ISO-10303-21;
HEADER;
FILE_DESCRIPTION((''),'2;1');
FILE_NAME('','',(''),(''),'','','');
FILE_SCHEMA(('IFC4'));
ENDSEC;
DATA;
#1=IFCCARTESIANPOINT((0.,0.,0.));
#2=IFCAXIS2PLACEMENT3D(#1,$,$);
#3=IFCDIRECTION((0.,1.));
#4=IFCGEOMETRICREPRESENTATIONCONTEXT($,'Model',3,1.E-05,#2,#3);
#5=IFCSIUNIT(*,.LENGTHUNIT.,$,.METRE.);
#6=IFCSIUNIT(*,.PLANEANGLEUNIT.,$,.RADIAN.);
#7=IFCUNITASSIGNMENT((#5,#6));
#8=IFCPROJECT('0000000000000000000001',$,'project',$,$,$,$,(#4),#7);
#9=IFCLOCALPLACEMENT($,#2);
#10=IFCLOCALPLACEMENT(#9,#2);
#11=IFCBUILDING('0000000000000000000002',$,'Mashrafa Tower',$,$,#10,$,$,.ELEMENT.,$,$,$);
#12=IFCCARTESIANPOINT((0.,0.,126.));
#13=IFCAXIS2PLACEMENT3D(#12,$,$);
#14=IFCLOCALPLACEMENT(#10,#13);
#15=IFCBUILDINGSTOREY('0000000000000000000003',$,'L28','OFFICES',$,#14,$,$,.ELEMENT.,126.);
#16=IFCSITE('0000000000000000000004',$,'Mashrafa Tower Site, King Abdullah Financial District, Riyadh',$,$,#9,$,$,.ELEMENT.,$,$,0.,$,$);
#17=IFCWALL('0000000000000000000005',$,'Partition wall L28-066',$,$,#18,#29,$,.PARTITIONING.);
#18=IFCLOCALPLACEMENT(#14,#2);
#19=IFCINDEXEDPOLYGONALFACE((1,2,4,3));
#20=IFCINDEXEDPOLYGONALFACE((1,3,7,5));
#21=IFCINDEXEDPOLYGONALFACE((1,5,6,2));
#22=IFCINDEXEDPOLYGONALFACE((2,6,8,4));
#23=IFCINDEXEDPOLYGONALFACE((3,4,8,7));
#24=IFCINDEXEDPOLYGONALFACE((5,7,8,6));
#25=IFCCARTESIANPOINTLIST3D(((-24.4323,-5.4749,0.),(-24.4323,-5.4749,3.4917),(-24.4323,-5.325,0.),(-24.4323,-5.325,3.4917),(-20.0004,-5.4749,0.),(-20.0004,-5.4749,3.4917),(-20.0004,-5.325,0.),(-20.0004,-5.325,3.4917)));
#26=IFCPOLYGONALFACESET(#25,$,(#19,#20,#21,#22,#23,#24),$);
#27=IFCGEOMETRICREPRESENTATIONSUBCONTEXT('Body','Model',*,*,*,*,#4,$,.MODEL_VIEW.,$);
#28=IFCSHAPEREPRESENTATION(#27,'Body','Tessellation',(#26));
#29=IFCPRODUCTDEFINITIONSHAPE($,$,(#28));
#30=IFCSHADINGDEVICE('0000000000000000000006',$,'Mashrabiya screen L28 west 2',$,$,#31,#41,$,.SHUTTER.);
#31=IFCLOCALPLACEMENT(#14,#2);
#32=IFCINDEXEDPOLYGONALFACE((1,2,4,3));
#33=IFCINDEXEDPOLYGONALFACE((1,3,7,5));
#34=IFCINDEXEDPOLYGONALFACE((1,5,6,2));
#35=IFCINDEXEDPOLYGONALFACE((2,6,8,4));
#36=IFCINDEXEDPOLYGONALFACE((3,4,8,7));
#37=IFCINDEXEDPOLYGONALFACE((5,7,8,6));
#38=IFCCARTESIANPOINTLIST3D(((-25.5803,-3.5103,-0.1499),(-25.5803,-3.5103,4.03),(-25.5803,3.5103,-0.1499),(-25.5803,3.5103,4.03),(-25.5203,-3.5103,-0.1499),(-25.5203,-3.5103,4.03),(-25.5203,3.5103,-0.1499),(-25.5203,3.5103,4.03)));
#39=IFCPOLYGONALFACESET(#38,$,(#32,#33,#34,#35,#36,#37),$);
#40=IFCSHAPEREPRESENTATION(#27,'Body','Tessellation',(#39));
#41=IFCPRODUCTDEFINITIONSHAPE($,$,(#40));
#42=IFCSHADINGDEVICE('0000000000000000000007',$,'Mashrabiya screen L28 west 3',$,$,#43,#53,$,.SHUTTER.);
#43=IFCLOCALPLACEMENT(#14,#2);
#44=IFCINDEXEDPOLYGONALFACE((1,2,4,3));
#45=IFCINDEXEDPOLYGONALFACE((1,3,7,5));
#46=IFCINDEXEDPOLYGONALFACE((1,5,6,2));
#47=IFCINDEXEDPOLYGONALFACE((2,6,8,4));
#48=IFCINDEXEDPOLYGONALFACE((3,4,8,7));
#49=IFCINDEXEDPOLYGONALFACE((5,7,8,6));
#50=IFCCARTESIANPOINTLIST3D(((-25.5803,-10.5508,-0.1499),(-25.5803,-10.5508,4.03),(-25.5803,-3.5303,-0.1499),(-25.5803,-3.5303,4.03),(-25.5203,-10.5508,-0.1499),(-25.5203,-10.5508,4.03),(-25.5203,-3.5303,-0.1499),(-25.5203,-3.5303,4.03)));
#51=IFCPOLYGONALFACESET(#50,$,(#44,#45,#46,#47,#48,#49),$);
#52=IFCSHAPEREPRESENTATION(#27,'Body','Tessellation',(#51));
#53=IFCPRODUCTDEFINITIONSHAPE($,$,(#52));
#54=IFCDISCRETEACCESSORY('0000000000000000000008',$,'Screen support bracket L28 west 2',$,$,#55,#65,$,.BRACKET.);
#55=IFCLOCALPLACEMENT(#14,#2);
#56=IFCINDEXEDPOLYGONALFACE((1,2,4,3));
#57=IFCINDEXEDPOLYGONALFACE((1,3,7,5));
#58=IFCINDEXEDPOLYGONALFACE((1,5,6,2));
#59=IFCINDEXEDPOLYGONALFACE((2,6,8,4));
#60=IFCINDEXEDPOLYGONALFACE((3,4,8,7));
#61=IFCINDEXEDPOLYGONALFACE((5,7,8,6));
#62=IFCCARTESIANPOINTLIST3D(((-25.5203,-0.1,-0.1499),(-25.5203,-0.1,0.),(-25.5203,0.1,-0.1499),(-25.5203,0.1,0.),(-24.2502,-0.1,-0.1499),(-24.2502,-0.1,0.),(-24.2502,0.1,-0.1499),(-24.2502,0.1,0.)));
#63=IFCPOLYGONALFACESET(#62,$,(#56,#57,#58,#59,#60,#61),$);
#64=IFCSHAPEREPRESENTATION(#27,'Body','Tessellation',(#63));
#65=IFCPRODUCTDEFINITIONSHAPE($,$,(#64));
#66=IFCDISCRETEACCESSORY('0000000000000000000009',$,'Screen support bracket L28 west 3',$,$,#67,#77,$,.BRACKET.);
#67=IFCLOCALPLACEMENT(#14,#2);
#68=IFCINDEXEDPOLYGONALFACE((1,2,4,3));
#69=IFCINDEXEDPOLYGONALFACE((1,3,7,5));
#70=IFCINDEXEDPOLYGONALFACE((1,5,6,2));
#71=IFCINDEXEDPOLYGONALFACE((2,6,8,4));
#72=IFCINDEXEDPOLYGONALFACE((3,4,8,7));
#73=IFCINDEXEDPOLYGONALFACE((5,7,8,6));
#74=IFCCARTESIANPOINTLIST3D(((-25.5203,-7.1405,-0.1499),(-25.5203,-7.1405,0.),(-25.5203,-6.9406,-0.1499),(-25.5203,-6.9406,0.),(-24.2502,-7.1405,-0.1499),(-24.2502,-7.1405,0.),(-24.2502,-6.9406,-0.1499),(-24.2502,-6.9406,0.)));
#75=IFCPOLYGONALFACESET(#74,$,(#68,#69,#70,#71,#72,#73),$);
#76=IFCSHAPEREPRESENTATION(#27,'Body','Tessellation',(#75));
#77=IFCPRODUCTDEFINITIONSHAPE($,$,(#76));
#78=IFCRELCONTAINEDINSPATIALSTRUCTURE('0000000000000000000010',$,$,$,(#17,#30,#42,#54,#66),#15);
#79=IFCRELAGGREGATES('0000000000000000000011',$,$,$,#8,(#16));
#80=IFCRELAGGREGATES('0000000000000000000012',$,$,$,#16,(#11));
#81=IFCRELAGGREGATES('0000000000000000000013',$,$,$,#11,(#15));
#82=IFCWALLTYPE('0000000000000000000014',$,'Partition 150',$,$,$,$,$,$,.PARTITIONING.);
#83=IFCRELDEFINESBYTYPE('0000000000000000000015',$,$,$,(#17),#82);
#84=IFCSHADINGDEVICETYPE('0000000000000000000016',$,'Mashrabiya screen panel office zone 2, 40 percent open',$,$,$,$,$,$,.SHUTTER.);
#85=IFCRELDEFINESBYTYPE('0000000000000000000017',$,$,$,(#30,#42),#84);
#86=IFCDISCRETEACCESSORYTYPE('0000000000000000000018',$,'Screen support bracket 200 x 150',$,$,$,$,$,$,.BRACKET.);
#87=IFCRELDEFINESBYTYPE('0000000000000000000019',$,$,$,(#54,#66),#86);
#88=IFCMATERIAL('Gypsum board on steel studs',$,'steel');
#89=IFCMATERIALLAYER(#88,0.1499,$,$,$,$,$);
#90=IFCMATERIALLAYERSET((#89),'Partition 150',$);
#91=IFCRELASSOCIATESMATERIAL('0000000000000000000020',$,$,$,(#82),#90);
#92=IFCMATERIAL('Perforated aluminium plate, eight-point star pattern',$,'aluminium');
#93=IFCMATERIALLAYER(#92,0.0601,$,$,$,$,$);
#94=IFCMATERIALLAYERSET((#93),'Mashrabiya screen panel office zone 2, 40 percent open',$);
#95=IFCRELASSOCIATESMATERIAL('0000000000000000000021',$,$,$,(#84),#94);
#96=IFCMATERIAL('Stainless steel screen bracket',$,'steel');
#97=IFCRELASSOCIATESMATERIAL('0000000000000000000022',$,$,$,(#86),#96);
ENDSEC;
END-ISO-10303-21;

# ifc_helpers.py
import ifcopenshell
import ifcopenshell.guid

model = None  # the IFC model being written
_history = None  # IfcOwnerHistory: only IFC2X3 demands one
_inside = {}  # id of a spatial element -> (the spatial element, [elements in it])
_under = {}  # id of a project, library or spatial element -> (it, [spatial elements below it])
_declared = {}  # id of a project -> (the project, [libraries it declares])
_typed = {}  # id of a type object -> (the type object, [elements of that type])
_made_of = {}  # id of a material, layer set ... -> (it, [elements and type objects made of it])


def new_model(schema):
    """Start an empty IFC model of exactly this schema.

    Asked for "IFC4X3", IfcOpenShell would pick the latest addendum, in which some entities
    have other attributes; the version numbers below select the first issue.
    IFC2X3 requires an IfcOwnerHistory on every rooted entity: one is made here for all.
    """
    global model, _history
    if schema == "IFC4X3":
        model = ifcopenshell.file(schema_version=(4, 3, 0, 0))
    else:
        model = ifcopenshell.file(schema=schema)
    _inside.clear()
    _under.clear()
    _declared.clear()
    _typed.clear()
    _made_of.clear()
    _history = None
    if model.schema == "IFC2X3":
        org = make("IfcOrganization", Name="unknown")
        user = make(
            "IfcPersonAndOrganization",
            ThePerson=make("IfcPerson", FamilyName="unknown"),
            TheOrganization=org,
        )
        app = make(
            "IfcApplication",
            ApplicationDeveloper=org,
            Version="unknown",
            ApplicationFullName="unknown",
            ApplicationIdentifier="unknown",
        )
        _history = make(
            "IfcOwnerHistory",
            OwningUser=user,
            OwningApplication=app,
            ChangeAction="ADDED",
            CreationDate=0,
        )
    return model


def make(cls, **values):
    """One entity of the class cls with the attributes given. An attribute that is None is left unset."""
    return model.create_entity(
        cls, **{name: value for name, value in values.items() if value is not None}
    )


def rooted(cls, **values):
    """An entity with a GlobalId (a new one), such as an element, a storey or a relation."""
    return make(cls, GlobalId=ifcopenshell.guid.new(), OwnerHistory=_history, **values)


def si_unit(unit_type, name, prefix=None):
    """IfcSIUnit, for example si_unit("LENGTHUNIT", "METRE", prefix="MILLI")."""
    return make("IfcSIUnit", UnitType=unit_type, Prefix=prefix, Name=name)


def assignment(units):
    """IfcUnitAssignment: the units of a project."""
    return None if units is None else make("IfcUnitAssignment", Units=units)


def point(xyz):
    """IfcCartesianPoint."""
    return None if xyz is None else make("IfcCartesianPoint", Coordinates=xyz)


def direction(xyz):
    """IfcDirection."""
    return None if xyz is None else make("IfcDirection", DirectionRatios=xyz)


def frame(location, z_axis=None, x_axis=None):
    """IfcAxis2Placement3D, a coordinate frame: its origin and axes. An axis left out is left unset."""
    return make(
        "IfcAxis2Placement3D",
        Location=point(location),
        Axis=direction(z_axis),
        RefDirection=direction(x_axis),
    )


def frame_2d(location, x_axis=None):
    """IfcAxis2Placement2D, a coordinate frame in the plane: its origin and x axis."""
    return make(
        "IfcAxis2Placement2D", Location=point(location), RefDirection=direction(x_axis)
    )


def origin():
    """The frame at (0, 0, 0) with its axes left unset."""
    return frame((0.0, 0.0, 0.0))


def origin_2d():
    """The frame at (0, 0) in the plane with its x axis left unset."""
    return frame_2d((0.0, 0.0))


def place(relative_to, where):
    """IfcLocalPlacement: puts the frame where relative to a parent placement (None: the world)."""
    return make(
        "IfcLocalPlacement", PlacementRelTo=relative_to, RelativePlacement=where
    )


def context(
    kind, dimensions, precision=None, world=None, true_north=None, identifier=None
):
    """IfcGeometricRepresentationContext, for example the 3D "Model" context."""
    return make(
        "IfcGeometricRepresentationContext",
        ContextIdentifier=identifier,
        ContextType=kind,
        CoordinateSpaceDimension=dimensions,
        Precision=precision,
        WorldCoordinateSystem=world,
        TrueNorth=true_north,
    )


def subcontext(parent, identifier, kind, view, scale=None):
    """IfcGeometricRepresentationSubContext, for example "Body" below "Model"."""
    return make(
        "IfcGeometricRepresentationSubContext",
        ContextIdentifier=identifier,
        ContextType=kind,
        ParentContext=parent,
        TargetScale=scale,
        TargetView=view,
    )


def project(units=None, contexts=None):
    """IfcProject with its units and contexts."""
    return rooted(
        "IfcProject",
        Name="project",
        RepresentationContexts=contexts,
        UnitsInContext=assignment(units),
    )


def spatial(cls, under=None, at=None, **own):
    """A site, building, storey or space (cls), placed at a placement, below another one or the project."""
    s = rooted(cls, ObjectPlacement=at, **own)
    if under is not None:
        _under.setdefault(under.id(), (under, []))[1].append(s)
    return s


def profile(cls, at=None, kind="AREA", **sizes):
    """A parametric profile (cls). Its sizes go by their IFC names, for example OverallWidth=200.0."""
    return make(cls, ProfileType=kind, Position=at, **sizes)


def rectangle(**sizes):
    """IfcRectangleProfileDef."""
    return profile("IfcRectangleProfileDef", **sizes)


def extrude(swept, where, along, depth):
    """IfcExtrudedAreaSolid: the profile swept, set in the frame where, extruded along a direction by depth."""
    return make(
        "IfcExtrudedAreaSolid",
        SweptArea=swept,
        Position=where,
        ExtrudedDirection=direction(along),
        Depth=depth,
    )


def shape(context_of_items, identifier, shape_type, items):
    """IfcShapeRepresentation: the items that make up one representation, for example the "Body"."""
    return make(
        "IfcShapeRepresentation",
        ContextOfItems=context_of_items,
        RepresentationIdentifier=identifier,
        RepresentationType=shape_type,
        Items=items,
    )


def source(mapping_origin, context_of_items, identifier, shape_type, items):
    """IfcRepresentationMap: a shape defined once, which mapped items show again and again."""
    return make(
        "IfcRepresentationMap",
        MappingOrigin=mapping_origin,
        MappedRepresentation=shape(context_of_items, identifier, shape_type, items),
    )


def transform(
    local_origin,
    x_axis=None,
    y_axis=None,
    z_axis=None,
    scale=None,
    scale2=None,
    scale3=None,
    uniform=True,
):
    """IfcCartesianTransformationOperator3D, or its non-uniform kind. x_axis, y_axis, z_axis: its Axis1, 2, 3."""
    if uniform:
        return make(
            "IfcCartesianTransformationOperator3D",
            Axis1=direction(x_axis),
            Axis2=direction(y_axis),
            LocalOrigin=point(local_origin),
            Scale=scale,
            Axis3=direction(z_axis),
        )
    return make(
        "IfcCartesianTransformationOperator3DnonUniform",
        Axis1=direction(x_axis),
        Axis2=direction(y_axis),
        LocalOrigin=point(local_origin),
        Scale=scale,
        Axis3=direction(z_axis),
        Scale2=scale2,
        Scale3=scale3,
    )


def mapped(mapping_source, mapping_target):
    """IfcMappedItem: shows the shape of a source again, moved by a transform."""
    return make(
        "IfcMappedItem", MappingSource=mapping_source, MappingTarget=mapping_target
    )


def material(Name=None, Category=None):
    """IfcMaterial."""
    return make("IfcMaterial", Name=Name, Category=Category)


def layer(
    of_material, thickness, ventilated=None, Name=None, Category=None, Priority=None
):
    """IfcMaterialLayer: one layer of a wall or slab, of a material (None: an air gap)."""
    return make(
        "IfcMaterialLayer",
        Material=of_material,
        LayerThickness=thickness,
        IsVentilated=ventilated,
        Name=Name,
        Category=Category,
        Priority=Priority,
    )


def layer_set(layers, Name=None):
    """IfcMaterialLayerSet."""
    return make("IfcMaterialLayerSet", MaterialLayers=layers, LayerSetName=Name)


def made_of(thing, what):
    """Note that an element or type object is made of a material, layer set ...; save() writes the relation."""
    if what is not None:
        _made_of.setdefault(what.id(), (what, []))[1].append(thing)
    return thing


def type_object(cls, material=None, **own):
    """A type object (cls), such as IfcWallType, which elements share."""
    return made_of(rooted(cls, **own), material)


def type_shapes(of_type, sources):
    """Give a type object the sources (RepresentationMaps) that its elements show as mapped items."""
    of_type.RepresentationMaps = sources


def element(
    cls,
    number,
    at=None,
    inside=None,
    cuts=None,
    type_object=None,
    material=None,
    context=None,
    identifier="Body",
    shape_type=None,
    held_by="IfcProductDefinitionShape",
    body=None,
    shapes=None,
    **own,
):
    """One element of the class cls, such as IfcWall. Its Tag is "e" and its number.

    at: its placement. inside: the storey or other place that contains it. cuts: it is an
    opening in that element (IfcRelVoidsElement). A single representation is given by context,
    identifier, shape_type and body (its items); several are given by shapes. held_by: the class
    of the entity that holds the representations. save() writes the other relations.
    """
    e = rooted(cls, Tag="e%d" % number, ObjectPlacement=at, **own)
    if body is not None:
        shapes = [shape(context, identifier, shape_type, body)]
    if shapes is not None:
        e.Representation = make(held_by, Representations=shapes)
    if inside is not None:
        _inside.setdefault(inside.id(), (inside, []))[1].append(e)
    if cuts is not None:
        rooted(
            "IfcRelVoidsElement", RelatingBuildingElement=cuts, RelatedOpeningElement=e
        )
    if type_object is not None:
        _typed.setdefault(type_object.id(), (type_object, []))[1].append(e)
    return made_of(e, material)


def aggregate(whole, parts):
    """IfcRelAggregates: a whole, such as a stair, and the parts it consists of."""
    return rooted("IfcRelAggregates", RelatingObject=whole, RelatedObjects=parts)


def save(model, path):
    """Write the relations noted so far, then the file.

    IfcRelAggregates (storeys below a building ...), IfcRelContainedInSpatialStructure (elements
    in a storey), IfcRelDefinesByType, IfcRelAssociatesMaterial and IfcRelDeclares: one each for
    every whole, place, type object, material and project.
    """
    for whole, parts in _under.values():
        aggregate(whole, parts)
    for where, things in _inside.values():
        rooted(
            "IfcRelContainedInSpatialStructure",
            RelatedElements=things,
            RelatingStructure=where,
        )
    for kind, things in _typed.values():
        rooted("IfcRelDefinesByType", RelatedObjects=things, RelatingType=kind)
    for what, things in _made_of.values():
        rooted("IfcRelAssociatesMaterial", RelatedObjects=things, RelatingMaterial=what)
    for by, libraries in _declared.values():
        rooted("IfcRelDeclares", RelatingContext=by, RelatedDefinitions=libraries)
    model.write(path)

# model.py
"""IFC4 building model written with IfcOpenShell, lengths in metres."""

from ifc_helpers import new_model, si_unit, direction, frame, frame_2d, origin, origin_2d, place, context, subcontext, project, spatial, rectangle, extrude, source, transform, mapped, material, layer, layer_set, type_object, type_shapes, element, save


model = new_model("IFC4")

# Units and contexts
model_context = context("Model", 3, precision=1e-05, world=origin(), true_north=direction((0.0, 1.0)))
body_context = subcontext(model_context, "Body", "Model", "MODEL_VIEW")
ifc_project = project(units=[si_unit("LENGTHUNIT", "METRE"), si_unit("PLANEANGLEUNIT", "RADIAN")], contexts=[model_context])

# Site, building, storey
site_placement = place(None, origin())
site = spatial("IfcSite", under=ifc_project, at=site_placement, Name="Mashrafa Tower Site, King Abdullah Financial District, Riyadh", CompositionType="ELEMENT", RefElevation=0.0)
building_placement = place(site_placement, origin())
building = spatial("IfcBuilding", under=site, at=building_placement, Name="Mashrafa Tower", CompositionType="ELEMENT")
storey_placement = place(building_placement, frame((0.0, 0.0, 126.0)))
storey = spatial("IfcBuildingStorey", under=building, at=storey_placement, Name="L28", Description="OFFICES", CompositionType="ELEMENT", Elevation=126.0)

# Shared definitions
ifc_material_1 = material(Name="Gypsum board on steel studs", Category="steel")
ifc_layer_1 = layer(ifc_material_1, 0.1499)
ifc_layer_set_1 = layer_set([ifc_layer_1], Name="Partition 150")
wall_type_1 = type_object("IfcWallType", Name="Partition 150", PredefinedType="PARTITIONING", material=ifc_layer_set_1)

# Wall
wall_1_placement = place(storey_placement, frame((-20.0005, -5.3999, 0.0), z_axis=(0.0, 0.0, 1.0), x_axis=(-1.0, 0.0, 0.0)))
element("IfcWall", 1, at=wall_1_placement, inside=storey, type_object=wall_type_1, Name="Partition wall L28-066", PredefinedType="PARTITIONING", context=body_context, shape_type="SweptSolid", body=[
    extrude(rectangle(XDim=4.4319, YDim=0.1499, at=frame_2d((2.2158, 0.0))), origin(), (0.0, 0.0, 1.0), 3.4917),
])

# Shading devices
ifc_material_2 = material(Name="Perforated aluminium plate, eight-point star pattern", Category="aluminium")
ifc_layer_2 = layer(ifc_material_2, 0.0601)
ifc_layer_set_2 = layer_set([ifc_layer_2], Name="Mashrabiya screen panel office zone 2, 40 percent open")
shading_device_type = type_object("IfcShadingDeviceType", Name="Mashrabiya screen panel office zone 2, 40 percent open", PredefinedType="SHUTTER", material=ifc_layer_set_2)
shared_shape_1 = source(origin(), body_context, "Body", "SweptSolid", [
    extrude(rectangle(XDim=7.0205, YDim=0.0601, at=origin_2d()), origin(), (0.0, 0.0, 1.0), 4.1799),
])
type_shapes(shading_device_type, [shared_shape_1])
for number, where, z_axis, x_axis, name in (
    (2, (-25.5503, 0.0, -0.1499), (0.0, 0.0, 1.0), (0.0, -1.0, 0.0), "Mashrabiya screen L28 west 2"),
    (3, (-25.5503, -7.0405, -0.1499), (0.0, 0.0, 1.0), (0.0, -1.0, 0.0), "Mashrabiya screen L28 west 3"),
):
    element("IfcShadingDevice", number, at=place(storey_placement, frame(where, z_axis=z_axis, x_axis=x_axis)), inside=storey, type_object=shading_device_type, Name=name, PredefinedType="SHUTTER", context=body_context, shape_type="MappedRepresentation", body=[
        mapped(shared_shape_1, transform((0.0, 0.0, 0.0))),
    ])

# Discrete accessories
ifc_material_3 = material(Name="Stainless steel screen bracket", Category="steel")
discrete_accessory_type = type_object("IfcDiscreteAccessoryType", Name="Screen support bracket 200 x 150", PredefinedType="BRACKET", material=ifc_material_3)
shared_shape_2 = source(origin(), body_context, "Body", "SweptSolid", [
    extrude(rectangle(XDim=0.2, YDim=1.27, at=origin_2d()), origin(), (0.0, 0.0, 1.0), 0.1499),
])
type_shapes(discrete_accessory_type, [shared_shape_2])
for number, where, z_axis, x_axis, name in (
    (4, (-24.8853, 0.0, -0.1499), (0.0, 0.0, 1.0), (0.0, -1.0, 0.0), "Screen support bracket L28 west 2"),
    (5, (-24.8853, -7.0405, -0.1499), (0.0, 0.0, 1.0), (0.0, -1.0, 0.0), "Screen support bracket L28 west 3"),
):
    element("IfcDiscreteAccessory", number, at=place(storey_placement, frame(where, z_axis=z_axis, x_axis=x_axis)), inside=storey, type_object=discrete_accessory_type, Name=name, PredefinedType="BRACKET", context=body_context, shape_type="MappedRepresentation", body=[
        mapped(shared_shape_2, transform((0.0, 0.0, 0.0))),
    ])

save(model, "model.ifc")
